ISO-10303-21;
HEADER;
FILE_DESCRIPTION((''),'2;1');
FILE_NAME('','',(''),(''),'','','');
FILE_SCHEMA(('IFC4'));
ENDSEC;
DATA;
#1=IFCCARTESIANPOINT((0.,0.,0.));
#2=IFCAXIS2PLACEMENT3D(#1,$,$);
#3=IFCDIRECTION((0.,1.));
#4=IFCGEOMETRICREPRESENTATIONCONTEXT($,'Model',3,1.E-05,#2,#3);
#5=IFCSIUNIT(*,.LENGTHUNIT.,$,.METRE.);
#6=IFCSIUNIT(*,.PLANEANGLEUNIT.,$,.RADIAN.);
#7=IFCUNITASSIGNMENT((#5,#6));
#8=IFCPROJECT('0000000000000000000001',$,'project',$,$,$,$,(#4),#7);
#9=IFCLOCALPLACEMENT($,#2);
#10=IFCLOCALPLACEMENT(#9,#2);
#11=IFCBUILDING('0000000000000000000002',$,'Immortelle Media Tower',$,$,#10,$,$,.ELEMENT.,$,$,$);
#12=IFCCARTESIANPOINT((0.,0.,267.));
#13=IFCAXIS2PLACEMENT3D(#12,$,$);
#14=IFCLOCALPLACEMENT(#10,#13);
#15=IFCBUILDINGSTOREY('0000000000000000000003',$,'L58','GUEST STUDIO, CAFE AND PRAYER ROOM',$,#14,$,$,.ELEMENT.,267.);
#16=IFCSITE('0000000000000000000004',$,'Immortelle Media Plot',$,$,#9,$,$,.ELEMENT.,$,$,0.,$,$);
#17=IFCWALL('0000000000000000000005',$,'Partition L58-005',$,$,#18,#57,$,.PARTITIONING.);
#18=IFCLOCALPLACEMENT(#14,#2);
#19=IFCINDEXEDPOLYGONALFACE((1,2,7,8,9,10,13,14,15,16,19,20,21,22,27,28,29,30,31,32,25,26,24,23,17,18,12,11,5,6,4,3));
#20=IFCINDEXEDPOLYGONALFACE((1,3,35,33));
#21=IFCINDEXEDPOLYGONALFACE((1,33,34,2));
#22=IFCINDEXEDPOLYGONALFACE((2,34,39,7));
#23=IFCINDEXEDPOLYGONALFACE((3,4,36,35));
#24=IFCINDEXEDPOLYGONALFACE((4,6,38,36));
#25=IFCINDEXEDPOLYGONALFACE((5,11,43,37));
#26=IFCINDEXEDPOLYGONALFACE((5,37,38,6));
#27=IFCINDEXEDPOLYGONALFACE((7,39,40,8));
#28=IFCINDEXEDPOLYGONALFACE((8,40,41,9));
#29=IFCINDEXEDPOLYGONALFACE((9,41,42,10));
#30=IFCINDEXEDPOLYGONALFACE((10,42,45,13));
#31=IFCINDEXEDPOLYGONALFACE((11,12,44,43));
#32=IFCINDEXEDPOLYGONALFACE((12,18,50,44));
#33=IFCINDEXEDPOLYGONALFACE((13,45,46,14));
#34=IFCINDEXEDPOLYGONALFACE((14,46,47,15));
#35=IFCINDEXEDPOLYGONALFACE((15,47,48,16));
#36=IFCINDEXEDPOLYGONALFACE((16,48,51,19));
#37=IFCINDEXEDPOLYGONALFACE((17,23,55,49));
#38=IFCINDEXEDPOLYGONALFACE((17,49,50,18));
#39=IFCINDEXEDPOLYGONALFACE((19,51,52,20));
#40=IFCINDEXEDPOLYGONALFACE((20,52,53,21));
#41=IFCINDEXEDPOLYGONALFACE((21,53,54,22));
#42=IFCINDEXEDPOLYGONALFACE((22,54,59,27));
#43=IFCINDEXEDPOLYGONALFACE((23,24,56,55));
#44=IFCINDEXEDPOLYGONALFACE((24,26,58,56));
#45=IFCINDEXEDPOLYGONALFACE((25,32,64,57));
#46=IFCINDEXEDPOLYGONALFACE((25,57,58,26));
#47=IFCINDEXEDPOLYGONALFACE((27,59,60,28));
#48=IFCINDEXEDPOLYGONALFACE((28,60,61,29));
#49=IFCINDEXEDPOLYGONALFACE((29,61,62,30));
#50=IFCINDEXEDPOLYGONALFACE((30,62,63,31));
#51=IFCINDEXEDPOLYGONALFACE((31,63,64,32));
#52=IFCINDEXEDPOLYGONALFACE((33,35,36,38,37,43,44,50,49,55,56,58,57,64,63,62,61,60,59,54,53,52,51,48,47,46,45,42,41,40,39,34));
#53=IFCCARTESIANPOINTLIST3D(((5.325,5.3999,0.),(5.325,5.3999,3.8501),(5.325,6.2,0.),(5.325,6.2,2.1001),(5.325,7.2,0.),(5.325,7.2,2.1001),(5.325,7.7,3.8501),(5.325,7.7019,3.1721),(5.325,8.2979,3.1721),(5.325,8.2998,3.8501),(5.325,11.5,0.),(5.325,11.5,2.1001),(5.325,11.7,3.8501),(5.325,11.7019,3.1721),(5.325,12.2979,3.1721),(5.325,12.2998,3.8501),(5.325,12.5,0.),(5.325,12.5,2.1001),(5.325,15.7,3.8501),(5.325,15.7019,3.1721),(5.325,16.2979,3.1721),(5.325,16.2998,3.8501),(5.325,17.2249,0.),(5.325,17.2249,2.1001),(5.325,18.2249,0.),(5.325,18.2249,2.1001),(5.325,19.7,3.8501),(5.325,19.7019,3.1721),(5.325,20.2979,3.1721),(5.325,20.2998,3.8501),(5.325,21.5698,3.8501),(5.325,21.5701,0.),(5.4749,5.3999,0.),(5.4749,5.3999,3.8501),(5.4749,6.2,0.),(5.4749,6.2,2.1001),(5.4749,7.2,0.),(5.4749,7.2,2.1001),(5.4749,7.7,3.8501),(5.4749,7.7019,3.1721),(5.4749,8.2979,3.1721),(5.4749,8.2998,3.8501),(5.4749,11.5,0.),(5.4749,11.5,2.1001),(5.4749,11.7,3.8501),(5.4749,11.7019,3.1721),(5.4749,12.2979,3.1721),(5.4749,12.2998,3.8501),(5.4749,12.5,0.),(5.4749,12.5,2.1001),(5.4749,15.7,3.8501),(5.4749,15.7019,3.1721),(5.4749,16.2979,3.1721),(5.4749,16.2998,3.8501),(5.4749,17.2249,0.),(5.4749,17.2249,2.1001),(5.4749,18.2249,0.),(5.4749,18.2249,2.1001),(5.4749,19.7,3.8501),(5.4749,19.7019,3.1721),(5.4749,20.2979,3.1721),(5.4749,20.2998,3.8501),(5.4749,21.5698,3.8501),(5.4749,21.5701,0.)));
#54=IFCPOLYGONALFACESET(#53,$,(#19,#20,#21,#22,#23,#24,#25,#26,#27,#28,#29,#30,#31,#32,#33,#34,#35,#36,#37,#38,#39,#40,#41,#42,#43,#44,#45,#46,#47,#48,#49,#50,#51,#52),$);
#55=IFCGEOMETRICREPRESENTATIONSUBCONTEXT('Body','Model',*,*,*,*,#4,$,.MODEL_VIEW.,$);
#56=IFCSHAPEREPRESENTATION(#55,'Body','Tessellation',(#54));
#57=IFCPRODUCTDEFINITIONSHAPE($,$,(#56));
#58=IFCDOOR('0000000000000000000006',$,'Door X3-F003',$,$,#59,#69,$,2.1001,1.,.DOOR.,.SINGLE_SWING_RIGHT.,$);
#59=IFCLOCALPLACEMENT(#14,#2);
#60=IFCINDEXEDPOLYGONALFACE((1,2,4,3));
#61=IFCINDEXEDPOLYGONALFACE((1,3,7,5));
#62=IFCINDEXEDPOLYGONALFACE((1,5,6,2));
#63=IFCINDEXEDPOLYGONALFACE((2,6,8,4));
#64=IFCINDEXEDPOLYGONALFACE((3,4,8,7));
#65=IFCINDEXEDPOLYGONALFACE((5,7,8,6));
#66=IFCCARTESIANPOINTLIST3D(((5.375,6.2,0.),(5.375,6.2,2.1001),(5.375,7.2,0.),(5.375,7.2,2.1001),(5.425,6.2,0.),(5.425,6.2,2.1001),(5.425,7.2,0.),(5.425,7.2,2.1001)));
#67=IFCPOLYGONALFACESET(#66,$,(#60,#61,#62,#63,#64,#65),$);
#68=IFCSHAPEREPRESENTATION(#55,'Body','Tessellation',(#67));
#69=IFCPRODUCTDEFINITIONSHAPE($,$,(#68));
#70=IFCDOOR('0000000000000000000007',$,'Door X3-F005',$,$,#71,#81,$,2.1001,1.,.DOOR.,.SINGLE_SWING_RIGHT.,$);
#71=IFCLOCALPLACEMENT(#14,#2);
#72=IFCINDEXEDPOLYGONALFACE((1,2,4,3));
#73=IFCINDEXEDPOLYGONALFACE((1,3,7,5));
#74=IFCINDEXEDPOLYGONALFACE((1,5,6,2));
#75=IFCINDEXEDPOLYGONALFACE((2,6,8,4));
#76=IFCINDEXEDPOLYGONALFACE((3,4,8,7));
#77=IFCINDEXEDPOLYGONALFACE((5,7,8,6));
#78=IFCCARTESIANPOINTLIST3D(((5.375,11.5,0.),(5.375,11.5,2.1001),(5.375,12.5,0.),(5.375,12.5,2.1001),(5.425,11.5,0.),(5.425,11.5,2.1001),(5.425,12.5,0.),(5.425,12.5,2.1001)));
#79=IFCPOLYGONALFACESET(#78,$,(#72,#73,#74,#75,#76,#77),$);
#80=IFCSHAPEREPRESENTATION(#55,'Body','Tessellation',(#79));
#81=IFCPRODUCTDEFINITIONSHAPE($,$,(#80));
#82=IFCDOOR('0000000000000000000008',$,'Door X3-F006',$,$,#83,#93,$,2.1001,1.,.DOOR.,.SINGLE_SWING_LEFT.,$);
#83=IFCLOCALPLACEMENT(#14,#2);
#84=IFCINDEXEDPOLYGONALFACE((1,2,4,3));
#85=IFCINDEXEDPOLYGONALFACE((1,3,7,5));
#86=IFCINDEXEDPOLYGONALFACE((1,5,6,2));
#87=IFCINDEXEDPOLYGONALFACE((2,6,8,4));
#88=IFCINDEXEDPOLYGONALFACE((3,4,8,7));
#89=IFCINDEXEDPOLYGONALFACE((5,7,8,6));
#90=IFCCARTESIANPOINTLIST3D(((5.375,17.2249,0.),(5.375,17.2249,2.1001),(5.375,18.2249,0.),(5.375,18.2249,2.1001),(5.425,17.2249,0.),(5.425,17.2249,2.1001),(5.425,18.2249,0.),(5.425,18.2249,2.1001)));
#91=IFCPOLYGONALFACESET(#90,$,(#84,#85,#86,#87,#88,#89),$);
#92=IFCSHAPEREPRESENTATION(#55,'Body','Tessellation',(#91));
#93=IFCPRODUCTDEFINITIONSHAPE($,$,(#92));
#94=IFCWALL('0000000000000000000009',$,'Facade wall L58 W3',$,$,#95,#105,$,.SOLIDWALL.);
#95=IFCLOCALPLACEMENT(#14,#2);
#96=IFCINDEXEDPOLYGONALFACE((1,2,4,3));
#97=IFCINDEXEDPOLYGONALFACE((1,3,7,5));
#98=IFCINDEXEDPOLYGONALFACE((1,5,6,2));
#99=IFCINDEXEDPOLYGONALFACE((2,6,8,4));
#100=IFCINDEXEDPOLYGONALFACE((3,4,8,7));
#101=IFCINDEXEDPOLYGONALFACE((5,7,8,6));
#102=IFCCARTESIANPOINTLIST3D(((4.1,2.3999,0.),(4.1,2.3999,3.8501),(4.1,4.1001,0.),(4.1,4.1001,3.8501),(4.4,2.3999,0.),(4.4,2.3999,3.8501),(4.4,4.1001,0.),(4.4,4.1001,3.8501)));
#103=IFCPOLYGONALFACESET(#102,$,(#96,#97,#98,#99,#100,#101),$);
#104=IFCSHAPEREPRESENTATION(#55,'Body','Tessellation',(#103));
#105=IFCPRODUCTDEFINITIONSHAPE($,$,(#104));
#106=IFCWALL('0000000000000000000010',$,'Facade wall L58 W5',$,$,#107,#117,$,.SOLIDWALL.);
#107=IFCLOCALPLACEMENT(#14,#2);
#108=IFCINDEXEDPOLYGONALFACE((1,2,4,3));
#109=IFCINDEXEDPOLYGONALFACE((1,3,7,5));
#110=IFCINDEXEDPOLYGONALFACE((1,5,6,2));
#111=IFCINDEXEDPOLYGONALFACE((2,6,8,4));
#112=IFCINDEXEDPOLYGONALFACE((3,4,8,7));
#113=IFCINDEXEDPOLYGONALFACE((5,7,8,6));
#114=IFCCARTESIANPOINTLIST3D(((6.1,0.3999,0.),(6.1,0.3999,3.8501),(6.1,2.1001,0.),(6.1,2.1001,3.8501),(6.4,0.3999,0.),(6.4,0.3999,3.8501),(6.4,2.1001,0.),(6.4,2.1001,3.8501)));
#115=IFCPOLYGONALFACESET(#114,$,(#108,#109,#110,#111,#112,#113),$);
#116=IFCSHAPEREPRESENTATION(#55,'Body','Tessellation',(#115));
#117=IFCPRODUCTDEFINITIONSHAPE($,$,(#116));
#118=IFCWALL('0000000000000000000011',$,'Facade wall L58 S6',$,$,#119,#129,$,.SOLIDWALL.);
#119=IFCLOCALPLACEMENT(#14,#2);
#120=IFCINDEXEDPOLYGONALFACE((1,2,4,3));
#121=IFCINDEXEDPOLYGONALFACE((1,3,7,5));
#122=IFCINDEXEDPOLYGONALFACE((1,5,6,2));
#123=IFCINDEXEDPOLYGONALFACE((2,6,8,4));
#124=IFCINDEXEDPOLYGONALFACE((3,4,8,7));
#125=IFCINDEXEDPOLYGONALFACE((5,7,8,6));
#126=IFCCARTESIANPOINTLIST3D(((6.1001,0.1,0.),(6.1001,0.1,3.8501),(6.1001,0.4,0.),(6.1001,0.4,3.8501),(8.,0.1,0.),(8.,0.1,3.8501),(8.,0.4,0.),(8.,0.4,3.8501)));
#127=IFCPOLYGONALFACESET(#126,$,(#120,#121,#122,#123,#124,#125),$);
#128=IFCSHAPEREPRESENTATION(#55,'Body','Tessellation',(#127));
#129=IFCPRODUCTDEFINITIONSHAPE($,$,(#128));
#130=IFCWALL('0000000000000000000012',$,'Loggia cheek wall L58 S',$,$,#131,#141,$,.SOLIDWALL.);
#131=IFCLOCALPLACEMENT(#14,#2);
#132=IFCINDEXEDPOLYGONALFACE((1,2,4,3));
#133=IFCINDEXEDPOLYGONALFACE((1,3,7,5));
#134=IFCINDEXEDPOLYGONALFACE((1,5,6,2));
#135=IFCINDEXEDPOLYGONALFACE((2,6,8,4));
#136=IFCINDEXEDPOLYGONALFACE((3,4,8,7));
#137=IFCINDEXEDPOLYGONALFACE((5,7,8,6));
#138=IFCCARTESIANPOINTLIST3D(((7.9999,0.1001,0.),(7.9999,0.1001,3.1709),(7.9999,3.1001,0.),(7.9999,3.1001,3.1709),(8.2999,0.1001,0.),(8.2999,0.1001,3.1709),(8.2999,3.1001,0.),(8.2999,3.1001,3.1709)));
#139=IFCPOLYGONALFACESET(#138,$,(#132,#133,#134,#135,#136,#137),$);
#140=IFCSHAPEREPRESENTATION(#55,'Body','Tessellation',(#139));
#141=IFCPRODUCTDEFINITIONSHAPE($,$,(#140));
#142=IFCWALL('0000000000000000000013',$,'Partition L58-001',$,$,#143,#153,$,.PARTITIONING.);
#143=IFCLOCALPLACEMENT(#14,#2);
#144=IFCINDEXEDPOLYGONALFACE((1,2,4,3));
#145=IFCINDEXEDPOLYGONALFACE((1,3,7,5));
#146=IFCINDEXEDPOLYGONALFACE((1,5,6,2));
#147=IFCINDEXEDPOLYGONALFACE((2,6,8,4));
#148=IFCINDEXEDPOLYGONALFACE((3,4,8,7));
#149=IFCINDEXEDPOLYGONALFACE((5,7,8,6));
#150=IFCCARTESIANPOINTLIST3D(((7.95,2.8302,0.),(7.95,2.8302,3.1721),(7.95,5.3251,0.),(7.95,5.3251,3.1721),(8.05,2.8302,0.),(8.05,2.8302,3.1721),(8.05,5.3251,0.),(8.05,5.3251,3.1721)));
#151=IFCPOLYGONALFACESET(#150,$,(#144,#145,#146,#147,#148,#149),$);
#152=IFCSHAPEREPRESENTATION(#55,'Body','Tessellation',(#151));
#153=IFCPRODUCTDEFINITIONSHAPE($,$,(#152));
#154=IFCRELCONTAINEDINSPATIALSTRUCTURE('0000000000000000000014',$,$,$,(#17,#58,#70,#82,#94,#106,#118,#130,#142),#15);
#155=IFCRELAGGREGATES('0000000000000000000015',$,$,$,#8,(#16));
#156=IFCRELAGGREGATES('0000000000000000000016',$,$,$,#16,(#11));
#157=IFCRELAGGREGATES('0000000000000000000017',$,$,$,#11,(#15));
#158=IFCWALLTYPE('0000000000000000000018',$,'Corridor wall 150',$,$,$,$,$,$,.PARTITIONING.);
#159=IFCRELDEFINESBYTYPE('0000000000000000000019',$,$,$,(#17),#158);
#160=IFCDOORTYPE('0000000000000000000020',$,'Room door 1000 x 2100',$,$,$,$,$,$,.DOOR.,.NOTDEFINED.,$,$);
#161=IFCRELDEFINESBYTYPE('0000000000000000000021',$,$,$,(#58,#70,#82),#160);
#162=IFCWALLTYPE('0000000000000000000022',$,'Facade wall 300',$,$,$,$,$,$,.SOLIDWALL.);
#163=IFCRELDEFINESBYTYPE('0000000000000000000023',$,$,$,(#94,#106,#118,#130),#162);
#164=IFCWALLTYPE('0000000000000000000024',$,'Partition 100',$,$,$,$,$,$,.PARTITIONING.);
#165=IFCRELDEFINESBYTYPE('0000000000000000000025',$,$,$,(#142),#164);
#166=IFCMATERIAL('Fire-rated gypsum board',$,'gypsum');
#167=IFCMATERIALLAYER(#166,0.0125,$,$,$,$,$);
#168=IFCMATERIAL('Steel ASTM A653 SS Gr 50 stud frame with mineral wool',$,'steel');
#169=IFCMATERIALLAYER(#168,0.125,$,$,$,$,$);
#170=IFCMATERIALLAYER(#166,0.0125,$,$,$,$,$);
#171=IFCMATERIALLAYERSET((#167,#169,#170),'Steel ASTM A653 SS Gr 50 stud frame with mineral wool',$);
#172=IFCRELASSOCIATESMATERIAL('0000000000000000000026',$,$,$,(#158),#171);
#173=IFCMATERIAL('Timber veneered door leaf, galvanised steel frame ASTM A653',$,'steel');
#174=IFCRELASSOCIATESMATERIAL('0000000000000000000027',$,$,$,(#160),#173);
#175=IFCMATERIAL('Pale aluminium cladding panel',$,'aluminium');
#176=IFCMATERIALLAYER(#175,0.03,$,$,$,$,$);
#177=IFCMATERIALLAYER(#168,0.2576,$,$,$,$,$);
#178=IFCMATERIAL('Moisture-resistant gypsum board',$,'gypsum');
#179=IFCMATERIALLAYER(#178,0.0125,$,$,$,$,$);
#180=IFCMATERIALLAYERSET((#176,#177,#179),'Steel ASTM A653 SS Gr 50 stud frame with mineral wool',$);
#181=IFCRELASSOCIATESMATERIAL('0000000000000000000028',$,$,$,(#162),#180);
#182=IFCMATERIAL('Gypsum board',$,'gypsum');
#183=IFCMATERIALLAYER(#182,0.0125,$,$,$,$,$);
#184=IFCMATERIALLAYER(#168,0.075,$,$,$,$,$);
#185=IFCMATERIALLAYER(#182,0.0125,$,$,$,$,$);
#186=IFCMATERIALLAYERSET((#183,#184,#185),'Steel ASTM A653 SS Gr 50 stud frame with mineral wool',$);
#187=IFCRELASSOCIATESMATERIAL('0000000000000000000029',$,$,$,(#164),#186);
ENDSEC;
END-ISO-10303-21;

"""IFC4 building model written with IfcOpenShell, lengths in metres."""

from ifc_helpers import new_model, si_unit, direction, frame, frame_2d, origin, place, context, subcontext, project, spatial, polyline, rectangle, outline, extrude, material, layer, layer_set, type_object, element, fill, save


model = new_model("IFC4")

# Units and contexts
model_context = context("Model", 3, precision=1e-05, world=origin(), true_north=direction((0.0, 1.0)))
body_context = subcontext(model_context, "Body", "Model", "MODEL_VIEW")
ifc_project = project(units=[si_unit("LENGTHUNIT", "METRE"), si_unit("PLANEANGLEUNIT", "RADIAN")], contexts=[model_context])

# Site, building, storey
site_placement = place(None, origin())
site = spatial("IfcSite", under=ifc_project, at=site_placement, Name="Immortelle Media Plot", CompositionType="ELEMENT", RefElevation=0.0)
building_placement = place(site_placement, origin())
building = spatial("IfcBuilding", under=site, at=building_placement, Name="Immortelle Media Tower", CompositionType="ELEMENT")
storey_placement = place(building_placement, frame((0.0, 0.0, 267.0)))
storey = spatial("IfcBuildingStorey", under=building, at=storey_placement, Name="L58", Description="GUEST STUDIO, CAFE AND PRAYER ROOM", CompositionType="ELEMENT", Elevation=267.0)

# Wall, openings, doors
ifc_material_1 = material(Name="Fire-rated gypsum board", Category="gypsum")
ifc_layer_1 = layer(ifc_material_1, 0.0125)
ifc_material_2 = material(Name="Steel ASTM A653 SS Gr 50 stud frame with mineral wool", Category="steel")
ifc_layer_2 = layer(ifc_material_2, 0.125)
ifc_layer_3 = layer(ifc_material_1, 0.0125)
ifc_layer_set_1 = layer_set([ifc_layer_1, ifc_layer_2, ifc_layer_3], Name="Steel ASTM A653 SS Gr 50 stud frame with mineral wool")
wall_type_1 = type_object("IfcWallType", Name="Corridor wall 150", PredefinedType="PARTITIONING", material=ifc_layer_set_1)
ifc_material_3 = material(Name="Timber veneered door leaf, galvanised steel frame ASTM A653", Category="steel")
door_type_1 = type_object("IfcDoorType", Name="Room door 1000 x 2100", OperationType="NOTDEFINED", PredefinedType="DOOR", material=ifc_material_3)
wall_1_placement = place(storey_placement, frame((5.3999, 5.3999, 0.0), z_axis=(0.0, 0.0, 1.0), x_axis=(0.0, 1.0, 0.0)))
wall_1 = element("IfcWall", 1, at=wall_1_placement, inside=storey, type_object=wall_type_1, Name="Partition L58-005", PredefinedType="PARTITIONING", context=body_context, shape_type="SweptSolid", body=[
    extrude(outline(polyline([(0.0, 0.0), (16.1702, 0.0), (16.1699, 3.8501), (14.8999, 3.8501), (14.8979, 3.1721), (14.302, 3.1721), (14.3, 3.8501), (10.8999, 3.8501), (10.8979, 3.1721), (10.302, 3.1721), (10.3, 3.8501), (6.8999, 3.8501), (6.8979, 3.1721), (6.302, 3.1721), (6.3, 3.8501), (2.8999, 3.8501), (2.8979, 3.1721), (2.302, 3.1721), (2.3, 3.8501), (0.0, 3.8501), (0.0, 0.0)])), frame((0.0, 0.075, 0.0), z_axis=(0.0, -1.0, 0.0), x_axis=(1.0, 0.0, 0.0)), (0.0, 0.0, 1.0), 0.1499),
])
opening_1_placement = place(wall_1_placement, frame((0.8, 0.0, 0.0)))
opening_1 = element("IfcOpeningElement", 2, at=opening_1_placement, cuts=wall_1, PredefinedType="OPENING", context=body_context, shape_type="SweptSolid", body=[
    extrude(rectangle(XDim=1.0, YDim=2.1001, at=frame_2d((0.5, 1.05))), frame((0.0, 0.085, 0.0), z_axis=(0.0, -1.0, 0.0), x_axis=(1.0, 0.0, 0.0)), (0.0, 0.0, 1.0), 0.1699),
])
opening_2_placement = place(wall_1_placement, frame((6.1001, 0.0, 0.0)))
opening_2 = element("IfcOpeningElement", 3, at=opening_2_placement, cuts=wall_1, PredefinedType="OPENING", context=body_context, shape_type="SweptSolid", body=[
    extrude(rectangle(XDim=1.0, YDim=2.1001, at=frame_2d((0.5, 1.05))), frame((0.0, 0.085, 0.0), z_axis=(0.0, -1.0, 0.0), x_axis=(1.0, 0.0, 0.0)), (0.0, 0.0, 1.0), 0.1699),
])
opening_3_placement = place(wall_1_placement, frame((11.825, 0.0, 0.0)))
opening_3 = element("IfcOpeningElement", 4, at=opening_3_placement, cuts=wall_1, PredefinedType="OPENING", context=body_context, shape_type="SweptSolid", body=[
    extrude(rectangle(XDim=1.0, YDim=2.1001, at=frame_2d((0.5, 1.05))), frame((0.0, 0.085, 0.0), z_axis=(0.0, -1.0, 0.0), x_axis=(1.0, 0.0, 0.0)), (0.0, 0.0, 1.0), 0.1699),
])
door_1_placement = place(opening_1_placement, origin())
door_1 = element("IfcDoor", 5, at=door_1_placement, inside=storey, type_object=door_type_1, Name="Door X3-F003", OperationType="SINGLE_SWING_RIGHT", OverallHeight=2.1001, OverallWidth=1.0, PredefinedType="DOOR", context=body_context, shape_type="SweptSolid", body=[
    extrude(rectangle(XDim=1.0, YDim=2.1001, at=frame_2d((0.5, 1.05))), frame((0.0, 0.0249, 0.0), z_axis=(0.0, -1.0, 0.0), x_axis=(1.0, 0.0, 0.0)), (0.0, 0.0, 1.0), 0.05),
])
fill(opening_1, door_1)
door_2_placement = place(opening_2_placement, origin())
door_2 = element("IfcDoor", 6, at=door_2_placement, inside=storey, type_object=door_type_1, Name="Door X3-F005", OperationType="SINGLE_SWING_RIGHT", OverallHeight=2.1001, OverallWidth=1.0, PredefinedType="DOOR", context=body_context, shape_type="SweptSolid", body=[
    extrude(rectangle(XDim=1.0, YDim=2.1001, at=frame_2d((0.5, 1.05))), frame((0.0, 0.0249, 0.0), z_axis=(0.0, -1.0, 0.0), x_axis=(1.0, 0.0, 0.0)), (0.0, 0.0, 1.0), 0.05),
])
fill(opening_2, door_2)
door_3_placement = place(opening_3_placement, origin())
door_3 = element("IfcDoor", 7, at=door_3_placement, inside=storey, type_object=door_type_1, Name="Door X3-F006", OperationType="SINGLE_SWING_LEFT", OverallHeight=2.1001, OverallWidth=1.0, PredefinedType="DOOR", context=body_context, shape_type="SweptSolid", body=[
    extrude(rectangle(XDim=1.0, YDim=2.1001, at=frame_2d((0.5, 1.05))), frame((0.0, 0.0249, 0.0), z_axis=(0.0, -1.0, 0.0), x_axis=(1.0, 0.0, 0.0)), (0.0, 0.0, 1.0), 0.05),
])
fill(opening_3, door_3)

# Walls
ifc_material_4 = material(Name="Pale aluminium cladding panel", Category="aluminium")
ifc_layer_4 = layer(ifc_material_4, 0.03)
ifc_layer_5 = layer(ifc_material_2, 0.2576)
ifc_material_5 = material(Name="Moisture-resistant gypsum board", Category="gypsum")
ifc_layer_6 = layer(ifc_material_5, 0.0125)
ifc_layer_set_2 = layer_set([ifc_layer_4, ifc_layer_5, ifc_layer_6], Name="Steel ASTM A653 SS Gr 50 stud frame with mineral wool")
wall_type_2 = type_object("IfcWallType", Name="Facade wall 300", PredefinedType="SOLIDWALL", material=ifc_layer_set_2)
for number, where, z_axis, x_axis, name in (
    (8, (4.25, 4.1001, 0.0), (0.0, 0.0, 1.0), (0.0, -1.0, 0.0), "Facade wall L58 W3"),
    (9, (6.25, 2.1001, 0.0), (0.0, 0.0, 1.0), (0.0, -1.0, 0.0), "Facade wall L58 W5"),
):
    element("IfcWall", number, at=place(storey_placement, frame(where, z_axis=z_axis, x_axis=x_axis)), inside=storey, type_object=wall_type_2, Name=name, PredefinedType="SOLIDWALL", context=body_context, shape_type="SweptSolid", body=[
        extrude(rectangle(XDim=1.7002, YDim=0.3, at=frame_2d((0.8501, 0.0))), origin(), (0.0, 0.0, 1.0), 3.8501),
    ])
wall_2_placement = place(storey_placement, frame((6.1001, 0.25, 0.0), z_axis=(0.0, 0.0, 1.0), x_axis=(1.0, 0.0, 0.0)))
element("IfcWall", 10, at=wall_2_placement, inside=storey, type_object=wall_type_2, Name="Facade wall L58 S6", PredefinedType="SOLIDWALL", context=body_context, shape_type="SweptSolid", body=[
    extrude(rectangle(XDim=1.8999, YDim=0.3, at=frame_2d((0.95, 0.0))), origin(), (0.0, 0.0, 1.0), 3.8501),
])
wall_3_placement = place(storey_placement, frame((8.1499, 0.1001, 0.0), z_axis=(0.0, 0.0, 1.0), x_axis=(0.0, 1.0, 0.0)))
element("IfcWall", 11, at=wall_3_placement, inside=storey, type_object=wall_type_2, Name="Loggia cheek wall L58 S", PredefinedType="SOLIDWALL", context=body_context, shape_type="SweptSolid", body=[
    extrude(rectangle(XDim=3.0, YDim=0.3, at=frame_2d((1.5, 0.0))), origin(), (0.0, 0.0, 1.0), 3.1709),
])
ifc_material_6 = material(Name="Gypsum board", Category="gypsum")
ifc_layer_7 = layer(ifc_material_6, 0.0125)
ifc_layer_8 = layer(ifc_material_2, 0.075)
ifc_layer_9 = layer(ifc_material_6, 0.0125)
ifc_layer_set_3 = layer_set([ifc_layer_7, ifc_layer_8, ifc_layer_9], Name="Steel ASTM A653 SS Gr 50 stud frame with mineral wool")
wall_type_3 = type_object("IfcWallType", Name="Partition 100", PredefinedType="PARTITIONING", material=ifc_layer_set_3)
wall_4_placement = place(storey_placement, frame((8.0, 2.8301, 0.0), z_axis=(0.0, 0.0, 1.0), x_axis=(0.0, 1.0, 0.0)))
element("IfcWall", 12, at=wall_4_placement, inside=storey, type_object=wall_type_3, Name="Partition L58-001", PredefinedType="PARTITIONING", context=body_context, shape_type="SweptSolid", body=[
    extrude(rectangle(XDim=2.4949, YDim=0.1001, at=frame_2d((1.2476, 0.0))), origin(), (0.0, 0.0, 1.0), 3.1721),
])

save(model, "model.ifc")
